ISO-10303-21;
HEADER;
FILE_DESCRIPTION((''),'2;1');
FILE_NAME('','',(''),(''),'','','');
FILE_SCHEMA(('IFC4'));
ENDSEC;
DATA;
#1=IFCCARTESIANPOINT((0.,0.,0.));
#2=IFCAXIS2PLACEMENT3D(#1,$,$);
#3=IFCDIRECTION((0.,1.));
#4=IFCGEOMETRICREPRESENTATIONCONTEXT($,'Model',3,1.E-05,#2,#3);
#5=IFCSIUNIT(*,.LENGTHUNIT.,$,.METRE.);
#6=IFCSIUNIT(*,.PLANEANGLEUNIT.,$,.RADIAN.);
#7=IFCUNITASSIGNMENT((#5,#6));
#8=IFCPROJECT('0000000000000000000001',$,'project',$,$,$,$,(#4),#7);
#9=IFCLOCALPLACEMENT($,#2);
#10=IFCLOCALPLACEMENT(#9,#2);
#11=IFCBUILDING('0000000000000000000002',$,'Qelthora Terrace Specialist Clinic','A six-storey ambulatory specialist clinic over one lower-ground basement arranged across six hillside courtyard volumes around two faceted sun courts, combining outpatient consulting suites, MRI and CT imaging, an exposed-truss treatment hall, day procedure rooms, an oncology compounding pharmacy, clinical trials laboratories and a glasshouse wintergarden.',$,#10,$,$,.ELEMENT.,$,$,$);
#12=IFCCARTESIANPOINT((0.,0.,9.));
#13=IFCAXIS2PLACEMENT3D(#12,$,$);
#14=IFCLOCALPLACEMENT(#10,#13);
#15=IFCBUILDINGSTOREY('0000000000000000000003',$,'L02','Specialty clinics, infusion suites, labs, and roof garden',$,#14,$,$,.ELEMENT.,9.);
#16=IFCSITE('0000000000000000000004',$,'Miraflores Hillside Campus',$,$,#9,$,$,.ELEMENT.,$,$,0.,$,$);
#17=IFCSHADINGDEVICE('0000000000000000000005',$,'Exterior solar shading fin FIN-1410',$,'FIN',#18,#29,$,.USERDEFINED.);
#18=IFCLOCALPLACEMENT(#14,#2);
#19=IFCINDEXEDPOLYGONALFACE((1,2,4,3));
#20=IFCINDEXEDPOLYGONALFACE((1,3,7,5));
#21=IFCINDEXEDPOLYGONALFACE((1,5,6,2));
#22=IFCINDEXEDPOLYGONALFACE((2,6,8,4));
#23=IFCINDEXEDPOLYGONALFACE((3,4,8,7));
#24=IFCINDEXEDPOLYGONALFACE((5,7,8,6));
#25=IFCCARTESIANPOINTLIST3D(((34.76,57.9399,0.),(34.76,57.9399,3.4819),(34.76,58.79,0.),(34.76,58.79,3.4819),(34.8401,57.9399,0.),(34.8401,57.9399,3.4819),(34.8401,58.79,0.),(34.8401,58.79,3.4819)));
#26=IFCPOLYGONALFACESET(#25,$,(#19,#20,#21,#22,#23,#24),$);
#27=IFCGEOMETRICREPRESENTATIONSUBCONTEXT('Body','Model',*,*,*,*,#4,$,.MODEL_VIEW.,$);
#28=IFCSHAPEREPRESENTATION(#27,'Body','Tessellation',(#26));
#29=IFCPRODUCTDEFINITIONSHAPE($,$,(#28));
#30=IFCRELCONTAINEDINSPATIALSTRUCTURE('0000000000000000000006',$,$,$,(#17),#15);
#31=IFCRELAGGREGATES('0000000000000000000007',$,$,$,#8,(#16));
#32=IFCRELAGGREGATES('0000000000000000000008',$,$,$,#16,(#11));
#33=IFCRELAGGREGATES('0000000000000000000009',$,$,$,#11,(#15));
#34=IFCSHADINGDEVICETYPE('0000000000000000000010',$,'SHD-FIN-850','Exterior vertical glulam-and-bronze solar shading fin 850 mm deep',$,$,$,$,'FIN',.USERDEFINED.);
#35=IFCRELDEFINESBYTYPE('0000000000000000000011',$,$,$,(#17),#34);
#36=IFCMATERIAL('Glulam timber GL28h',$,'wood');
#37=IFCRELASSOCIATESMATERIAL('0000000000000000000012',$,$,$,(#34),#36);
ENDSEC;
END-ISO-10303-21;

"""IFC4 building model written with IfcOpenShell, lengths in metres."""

from ifc_helpers import new_model, si_unit, direction, frame, origin, origin_2d, place, context, subcontext, project, spatial, rectangle, extrude, material, type_object, element, save


model = new_model("IFC4")

# Units and contexts
model_context = context("Model", 3, precision=1e-05, world=origin(), true_north=direction((0.0, 1.0)))
body_context = subcontext(model_context, "Body", "Model", "MODEL_VIEW")
ifc_project = project(units=[si_unit("LENGTHUNIT", "METRE"), si_unit("PLANEANGLEUNIT", "RADIAN")], contexts=[model_context])

# Site, building, storey
site_placement = place(None, origin())
site = spatial("IfcSite", under=ifc_project, at=site_placement, Name="Miraflores Hillside Campus", CompositionType="ELEMENT", RefElevation=0.0)
building_placement = place(site_placement, origin())
building = spatial("IfcBuilding", under=site, at=building_placement, Name="Qelthora Terrace Specialist Clinic", Description="A six-storey ambulatory specialist clinic over one lower-ground basement arranged across six hillside courtyard volumes around two faceted sun courts, combining outpatient consulting suites, MRI and CT imaging, an exposed-truss treatment hall, day procedure rooms, an oncology compounding pharmacy, clinical trials laboratories and a glasshouse wintergarden.", CompositionType="ELEMENT")
storey_placement = place(building_placement, frame((0.0, 0.0, 9.0)))
storey = spatial("IfcBuildingStorey", under=building, at=storey_placement, Name="L02", Description="Specialty clinics, infusion suites, labs, and roof garden", CompositionType="ELEMENT", Elevation=9.0)

# Shading device
ifc_material_1 = material(Name="Glulam timber GL28h", Category="wood")
shading_device_type = type_object("IfcShadingDeviceType", Name="SHD-FIN-850", Description="Exterior vertical glulam-and-bronze solar shading fin 850 mm deep", ElementType="FIN", PredefinedType="USERDEFINED", material=ifc_material_1)
for number, where, z_axis, x_axis, name in (
    (1, (34.8, 58.365, 0.0), (0.0, 0.0, 1.0), (0.0, -1.0, 0.0), "Exterior solar shading fin FIN-1410"),
):
    element("IfcShadingDevice", number, at=place(storey_placement, frame(where, z_axis=z_axis, x_axis=x_axis)), inside=storey, type_object=shading_device_type, Name=name, ObjectType="FIN", PredefinedType="USERDEFINED", context=body_context, shape_type="SweptSolid", body=[
        extrude(rectangle(XDim=0.8501, YDim=0.0801, at=origin_2d()), origin(), (0.0, 0.0, 1.0), 3.4819),
    ])

save(model, "model.ifc")
